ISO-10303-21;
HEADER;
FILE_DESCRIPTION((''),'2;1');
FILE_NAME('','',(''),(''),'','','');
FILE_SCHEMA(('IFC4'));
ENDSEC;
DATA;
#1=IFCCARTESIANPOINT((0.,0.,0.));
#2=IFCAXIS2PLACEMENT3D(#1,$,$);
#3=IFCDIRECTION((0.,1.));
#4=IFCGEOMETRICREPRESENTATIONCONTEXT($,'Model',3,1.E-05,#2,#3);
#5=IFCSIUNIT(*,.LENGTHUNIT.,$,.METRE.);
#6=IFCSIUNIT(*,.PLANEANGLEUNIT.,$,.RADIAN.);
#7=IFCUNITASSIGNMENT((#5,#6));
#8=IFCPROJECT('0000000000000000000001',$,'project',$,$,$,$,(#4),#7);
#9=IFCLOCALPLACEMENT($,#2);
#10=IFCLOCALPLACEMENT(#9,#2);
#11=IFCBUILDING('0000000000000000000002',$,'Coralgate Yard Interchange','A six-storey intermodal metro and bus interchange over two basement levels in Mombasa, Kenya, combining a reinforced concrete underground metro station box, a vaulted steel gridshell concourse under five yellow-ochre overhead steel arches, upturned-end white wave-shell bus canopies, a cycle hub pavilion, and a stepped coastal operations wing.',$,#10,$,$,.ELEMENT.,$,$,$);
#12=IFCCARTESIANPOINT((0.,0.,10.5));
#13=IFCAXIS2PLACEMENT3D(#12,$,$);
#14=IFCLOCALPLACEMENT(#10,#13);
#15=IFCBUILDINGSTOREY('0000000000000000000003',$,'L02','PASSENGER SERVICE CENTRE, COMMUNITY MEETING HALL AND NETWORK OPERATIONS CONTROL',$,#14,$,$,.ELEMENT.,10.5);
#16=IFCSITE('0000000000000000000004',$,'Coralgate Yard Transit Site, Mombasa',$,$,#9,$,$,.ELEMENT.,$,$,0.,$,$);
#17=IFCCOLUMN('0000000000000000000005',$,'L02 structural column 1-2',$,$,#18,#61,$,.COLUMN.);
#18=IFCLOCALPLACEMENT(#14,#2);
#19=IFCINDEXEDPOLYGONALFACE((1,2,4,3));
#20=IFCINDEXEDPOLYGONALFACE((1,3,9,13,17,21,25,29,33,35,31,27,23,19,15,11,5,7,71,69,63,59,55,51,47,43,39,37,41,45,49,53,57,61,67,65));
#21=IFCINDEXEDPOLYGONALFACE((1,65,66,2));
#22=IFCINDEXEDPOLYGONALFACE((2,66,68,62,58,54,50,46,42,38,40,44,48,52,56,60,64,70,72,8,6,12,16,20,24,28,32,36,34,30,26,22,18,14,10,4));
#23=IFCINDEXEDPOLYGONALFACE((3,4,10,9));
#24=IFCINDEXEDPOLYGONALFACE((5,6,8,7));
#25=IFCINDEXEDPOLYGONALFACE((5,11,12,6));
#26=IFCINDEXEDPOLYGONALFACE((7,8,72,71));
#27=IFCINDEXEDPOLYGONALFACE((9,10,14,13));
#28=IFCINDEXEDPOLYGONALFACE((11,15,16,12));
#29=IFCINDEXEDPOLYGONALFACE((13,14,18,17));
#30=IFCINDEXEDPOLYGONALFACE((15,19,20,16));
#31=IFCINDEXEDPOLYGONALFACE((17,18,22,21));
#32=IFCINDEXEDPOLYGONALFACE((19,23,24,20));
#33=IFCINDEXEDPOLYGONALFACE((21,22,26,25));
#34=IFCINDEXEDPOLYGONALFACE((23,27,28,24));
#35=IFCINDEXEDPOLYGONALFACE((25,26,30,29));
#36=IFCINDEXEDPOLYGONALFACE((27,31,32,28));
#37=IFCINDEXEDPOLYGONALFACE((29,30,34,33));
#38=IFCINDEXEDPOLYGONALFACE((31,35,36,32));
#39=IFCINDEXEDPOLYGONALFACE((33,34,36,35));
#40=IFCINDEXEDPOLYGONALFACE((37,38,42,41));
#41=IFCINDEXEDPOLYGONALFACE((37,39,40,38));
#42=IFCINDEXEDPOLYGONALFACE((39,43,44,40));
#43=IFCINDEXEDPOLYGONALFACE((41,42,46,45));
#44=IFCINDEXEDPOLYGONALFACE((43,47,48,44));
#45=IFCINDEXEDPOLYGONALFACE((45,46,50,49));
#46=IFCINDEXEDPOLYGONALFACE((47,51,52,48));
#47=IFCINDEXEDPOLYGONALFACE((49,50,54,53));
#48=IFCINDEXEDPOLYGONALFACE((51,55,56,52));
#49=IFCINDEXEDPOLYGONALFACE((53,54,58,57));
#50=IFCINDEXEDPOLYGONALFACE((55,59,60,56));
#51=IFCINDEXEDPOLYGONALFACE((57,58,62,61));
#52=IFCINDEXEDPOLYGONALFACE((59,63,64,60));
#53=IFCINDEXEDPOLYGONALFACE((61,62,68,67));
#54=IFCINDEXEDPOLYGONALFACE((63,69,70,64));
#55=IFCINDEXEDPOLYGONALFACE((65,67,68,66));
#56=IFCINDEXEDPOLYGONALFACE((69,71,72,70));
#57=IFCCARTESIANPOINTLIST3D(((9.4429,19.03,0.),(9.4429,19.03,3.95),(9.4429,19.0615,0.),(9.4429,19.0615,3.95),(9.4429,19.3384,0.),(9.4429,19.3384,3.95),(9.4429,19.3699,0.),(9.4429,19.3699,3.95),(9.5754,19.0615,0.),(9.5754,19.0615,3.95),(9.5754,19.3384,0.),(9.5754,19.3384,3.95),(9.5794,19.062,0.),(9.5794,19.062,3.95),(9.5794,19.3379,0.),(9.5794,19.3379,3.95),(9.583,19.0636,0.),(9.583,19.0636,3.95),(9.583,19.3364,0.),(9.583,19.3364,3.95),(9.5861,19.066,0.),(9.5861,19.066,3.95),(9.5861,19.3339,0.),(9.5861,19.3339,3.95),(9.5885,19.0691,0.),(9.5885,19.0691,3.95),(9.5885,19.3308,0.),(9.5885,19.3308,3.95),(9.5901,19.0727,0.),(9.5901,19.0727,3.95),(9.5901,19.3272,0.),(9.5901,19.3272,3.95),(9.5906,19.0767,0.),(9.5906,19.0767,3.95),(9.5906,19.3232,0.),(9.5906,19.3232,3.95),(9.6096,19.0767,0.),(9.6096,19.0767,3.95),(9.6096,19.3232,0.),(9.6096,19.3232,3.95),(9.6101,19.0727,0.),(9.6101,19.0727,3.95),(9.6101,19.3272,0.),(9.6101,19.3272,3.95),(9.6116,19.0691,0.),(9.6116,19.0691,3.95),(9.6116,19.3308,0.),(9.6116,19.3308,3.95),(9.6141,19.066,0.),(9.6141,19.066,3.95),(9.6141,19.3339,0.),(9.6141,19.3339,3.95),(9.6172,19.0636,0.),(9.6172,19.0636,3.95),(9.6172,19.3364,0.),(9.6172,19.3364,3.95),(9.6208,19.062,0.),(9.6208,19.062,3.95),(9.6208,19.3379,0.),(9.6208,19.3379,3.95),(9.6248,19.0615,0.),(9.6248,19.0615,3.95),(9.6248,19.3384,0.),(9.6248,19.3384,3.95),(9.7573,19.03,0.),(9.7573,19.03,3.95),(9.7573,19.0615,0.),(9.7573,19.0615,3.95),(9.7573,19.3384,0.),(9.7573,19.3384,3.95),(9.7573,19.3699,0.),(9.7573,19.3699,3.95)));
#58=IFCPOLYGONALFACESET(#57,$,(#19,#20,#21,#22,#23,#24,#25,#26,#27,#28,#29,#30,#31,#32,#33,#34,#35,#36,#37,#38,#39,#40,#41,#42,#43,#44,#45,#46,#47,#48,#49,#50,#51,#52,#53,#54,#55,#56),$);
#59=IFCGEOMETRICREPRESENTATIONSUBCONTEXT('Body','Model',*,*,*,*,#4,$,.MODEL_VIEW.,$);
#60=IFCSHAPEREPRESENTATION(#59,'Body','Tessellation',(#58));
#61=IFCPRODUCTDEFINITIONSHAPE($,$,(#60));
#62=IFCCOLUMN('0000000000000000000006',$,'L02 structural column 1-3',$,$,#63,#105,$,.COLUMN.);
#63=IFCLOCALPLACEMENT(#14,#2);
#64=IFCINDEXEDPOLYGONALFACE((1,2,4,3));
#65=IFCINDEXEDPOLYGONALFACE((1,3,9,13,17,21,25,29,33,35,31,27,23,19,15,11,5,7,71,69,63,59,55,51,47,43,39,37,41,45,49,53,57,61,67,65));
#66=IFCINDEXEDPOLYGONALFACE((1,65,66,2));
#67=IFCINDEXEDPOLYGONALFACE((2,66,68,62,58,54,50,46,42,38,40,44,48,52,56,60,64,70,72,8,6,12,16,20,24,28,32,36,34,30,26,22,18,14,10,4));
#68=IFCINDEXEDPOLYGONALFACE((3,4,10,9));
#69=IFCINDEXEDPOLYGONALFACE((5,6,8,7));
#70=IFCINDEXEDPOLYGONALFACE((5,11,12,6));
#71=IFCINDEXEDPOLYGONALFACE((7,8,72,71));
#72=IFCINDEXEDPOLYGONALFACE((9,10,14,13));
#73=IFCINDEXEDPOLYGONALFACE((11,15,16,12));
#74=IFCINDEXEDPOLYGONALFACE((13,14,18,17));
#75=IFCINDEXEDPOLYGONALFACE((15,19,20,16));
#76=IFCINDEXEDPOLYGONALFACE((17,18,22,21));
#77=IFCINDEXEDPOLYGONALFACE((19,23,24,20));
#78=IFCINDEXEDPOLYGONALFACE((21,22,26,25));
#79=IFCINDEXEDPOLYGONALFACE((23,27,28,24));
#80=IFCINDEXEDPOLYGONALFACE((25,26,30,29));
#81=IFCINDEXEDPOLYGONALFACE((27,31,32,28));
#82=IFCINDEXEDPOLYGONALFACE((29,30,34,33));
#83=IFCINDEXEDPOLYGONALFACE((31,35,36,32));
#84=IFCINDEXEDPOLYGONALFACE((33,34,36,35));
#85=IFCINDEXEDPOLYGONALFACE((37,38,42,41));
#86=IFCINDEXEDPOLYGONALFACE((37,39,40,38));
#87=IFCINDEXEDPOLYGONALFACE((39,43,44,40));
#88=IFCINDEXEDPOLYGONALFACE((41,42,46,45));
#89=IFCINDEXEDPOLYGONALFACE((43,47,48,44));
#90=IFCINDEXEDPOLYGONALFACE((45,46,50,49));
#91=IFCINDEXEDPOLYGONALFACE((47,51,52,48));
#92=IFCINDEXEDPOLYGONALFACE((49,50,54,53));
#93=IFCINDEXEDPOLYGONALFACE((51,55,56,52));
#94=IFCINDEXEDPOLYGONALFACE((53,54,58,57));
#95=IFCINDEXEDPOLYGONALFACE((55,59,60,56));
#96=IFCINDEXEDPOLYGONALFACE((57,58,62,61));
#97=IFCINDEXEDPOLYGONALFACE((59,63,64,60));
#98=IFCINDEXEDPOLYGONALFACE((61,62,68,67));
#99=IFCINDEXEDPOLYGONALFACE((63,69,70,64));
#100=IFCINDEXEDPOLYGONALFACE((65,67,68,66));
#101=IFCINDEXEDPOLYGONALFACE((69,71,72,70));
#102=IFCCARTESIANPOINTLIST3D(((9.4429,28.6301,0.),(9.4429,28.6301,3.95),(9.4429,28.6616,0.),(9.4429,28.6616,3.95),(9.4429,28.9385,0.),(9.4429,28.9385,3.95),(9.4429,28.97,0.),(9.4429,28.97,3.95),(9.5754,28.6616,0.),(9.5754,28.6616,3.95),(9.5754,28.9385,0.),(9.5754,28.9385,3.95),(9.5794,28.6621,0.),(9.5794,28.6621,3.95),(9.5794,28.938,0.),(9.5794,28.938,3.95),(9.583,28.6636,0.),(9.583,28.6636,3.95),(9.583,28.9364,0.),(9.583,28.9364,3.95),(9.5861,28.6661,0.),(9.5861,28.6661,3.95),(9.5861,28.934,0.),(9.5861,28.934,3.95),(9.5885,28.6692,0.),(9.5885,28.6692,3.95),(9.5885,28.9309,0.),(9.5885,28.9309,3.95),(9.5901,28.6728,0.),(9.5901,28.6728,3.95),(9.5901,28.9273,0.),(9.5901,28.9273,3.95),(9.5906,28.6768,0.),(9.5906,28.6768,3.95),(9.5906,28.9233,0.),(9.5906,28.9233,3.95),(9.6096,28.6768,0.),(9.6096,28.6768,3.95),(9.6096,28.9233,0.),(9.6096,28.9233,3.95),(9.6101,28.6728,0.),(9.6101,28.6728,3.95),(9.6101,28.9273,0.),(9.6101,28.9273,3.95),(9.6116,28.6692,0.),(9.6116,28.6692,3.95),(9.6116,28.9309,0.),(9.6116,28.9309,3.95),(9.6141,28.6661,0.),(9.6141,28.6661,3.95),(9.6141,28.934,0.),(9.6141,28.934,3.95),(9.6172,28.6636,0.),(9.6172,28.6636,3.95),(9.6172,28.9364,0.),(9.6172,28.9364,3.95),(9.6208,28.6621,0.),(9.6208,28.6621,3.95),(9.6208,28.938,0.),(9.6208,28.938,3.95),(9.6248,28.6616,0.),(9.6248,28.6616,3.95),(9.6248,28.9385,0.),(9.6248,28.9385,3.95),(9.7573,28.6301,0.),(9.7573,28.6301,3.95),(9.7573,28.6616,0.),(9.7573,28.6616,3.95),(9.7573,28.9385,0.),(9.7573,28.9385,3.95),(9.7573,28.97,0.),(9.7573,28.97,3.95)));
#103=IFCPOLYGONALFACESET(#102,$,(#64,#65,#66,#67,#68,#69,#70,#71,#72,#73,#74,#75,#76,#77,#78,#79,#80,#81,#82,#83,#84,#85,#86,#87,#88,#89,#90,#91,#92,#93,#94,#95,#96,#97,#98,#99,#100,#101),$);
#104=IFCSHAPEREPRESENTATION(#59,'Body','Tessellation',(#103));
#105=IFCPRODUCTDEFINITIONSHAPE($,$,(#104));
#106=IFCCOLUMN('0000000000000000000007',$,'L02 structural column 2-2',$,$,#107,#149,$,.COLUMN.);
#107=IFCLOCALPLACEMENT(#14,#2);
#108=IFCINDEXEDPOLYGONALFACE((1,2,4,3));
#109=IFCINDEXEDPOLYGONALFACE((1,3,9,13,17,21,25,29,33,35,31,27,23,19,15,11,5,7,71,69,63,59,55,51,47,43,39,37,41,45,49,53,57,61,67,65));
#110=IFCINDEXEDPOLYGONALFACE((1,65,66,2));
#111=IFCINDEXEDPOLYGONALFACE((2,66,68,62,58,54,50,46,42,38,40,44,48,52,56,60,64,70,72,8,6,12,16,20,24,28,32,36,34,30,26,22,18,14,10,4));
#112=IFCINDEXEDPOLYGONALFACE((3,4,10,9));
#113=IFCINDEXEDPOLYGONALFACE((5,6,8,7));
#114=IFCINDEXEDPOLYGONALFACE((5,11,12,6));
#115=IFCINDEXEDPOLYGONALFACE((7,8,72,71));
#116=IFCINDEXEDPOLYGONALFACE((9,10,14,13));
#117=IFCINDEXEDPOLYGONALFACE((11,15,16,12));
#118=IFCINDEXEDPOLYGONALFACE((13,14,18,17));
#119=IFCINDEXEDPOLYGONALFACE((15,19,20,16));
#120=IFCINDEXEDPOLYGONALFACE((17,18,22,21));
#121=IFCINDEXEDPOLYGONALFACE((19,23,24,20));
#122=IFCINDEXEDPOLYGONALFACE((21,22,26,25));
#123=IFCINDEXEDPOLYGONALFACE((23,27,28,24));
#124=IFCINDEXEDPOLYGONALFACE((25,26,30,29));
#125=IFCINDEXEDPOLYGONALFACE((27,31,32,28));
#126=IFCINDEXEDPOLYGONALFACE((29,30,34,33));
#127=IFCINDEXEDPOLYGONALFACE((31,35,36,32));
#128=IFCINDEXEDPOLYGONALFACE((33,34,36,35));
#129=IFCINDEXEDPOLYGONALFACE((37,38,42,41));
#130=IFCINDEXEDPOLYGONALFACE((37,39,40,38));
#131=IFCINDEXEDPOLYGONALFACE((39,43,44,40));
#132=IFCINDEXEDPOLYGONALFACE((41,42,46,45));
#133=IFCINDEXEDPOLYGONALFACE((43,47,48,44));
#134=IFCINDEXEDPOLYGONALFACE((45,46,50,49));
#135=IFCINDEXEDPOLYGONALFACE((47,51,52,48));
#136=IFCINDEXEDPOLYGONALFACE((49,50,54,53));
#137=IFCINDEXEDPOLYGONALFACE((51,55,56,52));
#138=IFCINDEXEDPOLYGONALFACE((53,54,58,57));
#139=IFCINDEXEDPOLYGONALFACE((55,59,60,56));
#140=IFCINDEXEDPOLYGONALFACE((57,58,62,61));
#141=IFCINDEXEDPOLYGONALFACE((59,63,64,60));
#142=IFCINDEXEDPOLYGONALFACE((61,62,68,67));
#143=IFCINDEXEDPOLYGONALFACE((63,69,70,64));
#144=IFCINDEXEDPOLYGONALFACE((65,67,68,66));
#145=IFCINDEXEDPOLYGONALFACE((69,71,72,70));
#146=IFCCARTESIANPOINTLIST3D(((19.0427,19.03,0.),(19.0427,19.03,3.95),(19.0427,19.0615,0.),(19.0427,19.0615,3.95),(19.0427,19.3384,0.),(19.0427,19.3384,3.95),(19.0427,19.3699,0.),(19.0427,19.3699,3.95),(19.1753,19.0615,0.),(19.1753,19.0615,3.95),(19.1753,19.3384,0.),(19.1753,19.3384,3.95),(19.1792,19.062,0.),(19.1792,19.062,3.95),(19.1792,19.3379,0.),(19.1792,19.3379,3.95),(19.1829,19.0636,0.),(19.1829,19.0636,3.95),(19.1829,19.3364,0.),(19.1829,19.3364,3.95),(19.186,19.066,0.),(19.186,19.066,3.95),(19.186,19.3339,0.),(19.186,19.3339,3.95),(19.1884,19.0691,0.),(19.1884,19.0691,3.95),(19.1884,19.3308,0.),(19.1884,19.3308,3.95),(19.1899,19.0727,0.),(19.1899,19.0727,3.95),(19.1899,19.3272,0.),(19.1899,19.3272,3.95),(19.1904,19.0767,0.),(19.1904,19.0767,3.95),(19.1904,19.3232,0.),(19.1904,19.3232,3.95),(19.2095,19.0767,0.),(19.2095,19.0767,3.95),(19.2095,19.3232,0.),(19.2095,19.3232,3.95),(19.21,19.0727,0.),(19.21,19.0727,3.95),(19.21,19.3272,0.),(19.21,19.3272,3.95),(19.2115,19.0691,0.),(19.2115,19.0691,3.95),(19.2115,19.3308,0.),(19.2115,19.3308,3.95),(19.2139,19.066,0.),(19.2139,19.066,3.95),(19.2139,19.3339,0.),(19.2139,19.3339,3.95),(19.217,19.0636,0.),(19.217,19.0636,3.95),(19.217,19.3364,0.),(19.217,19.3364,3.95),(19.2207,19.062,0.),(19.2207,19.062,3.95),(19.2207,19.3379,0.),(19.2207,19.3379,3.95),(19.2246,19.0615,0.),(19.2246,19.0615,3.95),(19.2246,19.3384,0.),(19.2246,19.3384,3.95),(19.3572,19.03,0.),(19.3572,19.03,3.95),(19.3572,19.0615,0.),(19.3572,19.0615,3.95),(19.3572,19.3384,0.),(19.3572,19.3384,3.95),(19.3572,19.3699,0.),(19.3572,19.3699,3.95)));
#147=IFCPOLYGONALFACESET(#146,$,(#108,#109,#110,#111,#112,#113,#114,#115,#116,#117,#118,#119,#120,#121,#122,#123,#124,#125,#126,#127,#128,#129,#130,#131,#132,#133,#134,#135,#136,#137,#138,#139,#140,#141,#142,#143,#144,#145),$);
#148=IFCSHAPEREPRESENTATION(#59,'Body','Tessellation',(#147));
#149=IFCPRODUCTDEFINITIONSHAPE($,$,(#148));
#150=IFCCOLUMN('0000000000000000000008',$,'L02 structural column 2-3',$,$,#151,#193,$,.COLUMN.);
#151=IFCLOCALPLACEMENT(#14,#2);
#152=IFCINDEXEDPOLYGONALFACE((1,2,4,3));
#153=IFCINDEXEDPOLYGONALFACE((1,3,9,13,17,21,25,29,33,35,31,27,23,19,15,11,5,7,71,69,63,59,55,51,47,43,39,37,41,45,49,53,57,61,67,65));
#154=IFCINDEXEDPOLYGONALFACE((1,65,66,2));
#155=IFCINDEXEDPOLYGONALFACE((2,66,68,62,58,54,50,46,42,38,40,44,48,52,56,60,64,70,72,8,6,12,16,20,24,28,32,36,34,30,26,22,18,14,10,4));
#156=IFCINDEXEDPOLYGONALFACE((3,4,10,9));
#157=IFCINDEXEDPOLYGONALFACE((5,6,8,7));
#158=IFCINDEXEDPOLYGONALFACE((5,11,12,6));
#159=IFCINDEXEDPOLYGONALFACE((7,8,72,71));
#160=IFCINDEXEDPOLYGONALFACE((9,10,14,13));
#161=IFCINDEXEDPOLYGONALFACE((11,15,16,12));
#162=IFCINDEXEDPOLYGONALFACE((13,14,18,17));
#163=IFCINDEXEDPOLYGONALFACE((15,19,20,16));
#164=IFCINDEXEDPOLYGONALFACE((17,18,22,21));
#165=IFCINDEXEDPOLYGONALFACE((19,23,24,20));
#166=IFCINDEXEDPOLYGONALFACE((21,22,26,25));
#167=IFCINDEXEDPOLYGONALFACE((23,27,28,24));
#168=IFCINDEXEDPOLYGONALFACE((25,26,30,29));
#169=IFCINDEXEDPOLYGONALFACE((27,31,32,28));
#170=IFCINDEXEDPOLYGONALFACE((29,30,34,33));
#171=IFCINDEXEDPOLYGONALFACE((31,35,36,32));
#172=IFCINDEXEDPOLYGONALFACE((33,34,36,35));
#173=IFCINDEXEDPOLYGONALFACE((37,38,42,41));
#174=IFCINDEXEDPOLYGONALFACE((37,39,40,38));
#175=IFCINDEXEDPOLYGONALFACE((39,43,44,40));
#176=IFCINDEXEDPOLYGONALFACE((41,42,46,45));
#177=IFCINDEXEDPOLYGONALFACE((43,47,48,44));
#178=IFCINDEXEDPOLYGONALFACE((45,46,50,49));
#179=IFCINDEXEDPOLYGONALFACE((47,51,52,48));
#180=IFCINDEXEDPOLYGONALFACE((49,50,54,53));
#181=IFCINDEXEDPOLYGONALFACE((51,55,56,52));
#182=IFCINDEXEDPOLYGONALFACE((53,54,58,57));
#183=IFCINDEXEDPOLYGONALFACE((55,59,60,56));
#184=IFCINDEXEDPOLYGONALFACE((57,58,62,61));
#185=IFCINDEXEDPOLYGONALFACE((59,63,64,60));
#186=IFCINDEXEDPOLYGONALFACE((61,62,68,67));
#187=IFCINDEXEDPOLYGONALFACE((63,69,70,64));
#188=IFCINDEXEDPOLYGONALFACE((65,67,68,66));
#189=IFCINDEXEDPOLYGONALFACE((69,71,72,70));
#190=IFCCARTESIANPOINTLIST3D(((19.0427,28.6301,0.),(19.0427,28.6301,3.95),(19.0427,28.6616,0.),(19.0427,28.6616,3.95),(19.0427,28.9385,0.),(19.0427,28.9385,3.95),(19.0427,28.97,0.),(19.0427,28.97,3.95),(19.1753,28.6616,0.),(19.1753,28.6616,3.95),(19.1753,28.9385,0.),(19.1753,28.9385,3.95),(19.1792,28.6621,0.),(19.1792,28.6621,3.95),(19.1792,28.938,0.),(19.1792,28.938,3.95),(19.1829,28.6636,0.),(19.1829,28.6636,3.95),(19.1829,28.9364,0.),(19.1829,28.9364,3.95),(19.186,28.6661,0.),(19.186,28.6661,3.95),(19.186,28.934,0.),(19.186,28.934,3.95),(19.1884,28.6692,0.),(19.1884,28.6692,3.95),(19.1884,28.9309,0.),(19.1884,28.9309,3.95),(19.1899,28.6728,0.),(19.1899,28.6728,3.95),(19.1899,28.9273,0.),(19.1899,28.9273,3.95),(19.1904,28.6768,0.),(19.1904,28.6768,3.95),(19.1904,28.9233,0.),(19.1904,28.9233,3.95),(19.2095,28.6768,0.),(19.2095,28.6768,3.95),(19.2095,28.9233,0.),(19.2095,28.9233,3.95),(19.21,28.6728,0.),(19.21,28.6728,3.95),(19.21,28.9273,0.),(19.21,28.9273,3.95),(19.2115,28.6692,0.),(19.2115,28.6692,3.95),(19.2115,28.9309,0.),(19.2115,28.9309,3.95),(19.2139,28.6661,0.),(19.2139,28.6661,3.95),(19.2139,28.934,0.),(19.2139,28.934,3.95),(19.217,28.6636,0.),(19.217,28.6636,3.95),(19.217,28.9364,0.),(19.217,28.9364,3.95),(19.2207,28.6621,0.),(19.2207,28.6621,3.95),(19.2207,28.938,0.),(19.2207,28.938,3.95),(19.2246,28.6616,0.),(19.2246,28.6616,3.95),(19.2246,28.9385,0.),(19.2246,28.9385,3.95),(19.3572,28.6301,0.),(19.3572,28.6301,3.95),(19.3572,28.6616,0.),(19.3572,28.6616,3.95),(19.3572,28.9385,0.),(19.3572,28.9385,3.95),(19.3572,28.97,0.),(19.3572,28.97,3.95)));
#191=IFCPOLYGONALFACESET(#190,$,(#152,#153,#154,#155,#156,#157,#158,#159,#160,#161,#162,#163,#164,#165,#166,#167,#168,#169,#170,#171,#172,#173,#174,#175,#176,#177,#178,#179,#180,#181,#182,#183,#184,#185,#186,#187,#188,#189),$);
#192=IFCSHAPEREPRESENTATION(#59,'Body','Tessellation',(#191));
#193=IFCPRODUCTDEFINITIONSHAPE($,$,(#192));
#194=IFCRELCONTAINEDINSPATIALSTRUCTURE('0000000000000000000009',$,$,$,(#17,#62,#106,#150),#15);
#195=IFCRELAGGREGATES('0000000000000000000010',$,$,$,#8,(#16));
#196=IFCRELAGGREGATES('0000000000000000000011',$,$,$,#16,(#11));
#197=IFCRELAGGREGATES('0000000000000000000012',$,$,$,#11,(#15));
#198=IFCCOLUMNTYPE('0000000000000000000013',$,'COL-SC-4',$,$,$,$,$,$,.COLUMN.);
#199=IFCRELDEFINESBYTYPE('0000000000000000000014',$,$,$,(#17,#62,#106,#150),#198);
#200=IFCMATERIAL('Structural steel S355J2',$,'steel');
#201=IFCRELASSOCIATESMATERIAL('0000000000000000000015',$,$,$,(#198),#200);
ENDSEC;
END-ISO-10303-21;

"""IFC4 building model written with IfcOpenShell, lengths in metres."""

from ifc_helpers import new_model, si_unit, direction, frame, origin, origin_2d, place, context, subcontext, project, spatial, i_section, extrude, material, material_profile, profile_set, type_object, element, save


model = new_model("IFC4")

# Units and contexts
model_context = context("Model", 3, precision=1e-05, world=origin(), true_north=direction((0.0, 1.0)))
body_context = subcontext(model_context, "Body", "Model", "MODEL_VIEW")
ifc_project = project(units=[si_unit("LENGTHUNIT", "METRE"), si_unit("PLANEANGLEUNIT", "RADIAN")], contexts=[model_context])

# Site, building, storey
site_placement = place(None, origin())
site = spatial("IfcSite", under=ifc_project, at=site_placement, Name="Coralgate Yard Transit Site, Mombasa", CompositionType="ELEMENT", RefElevation=0.0)
building_placement = place(site_placement, origin())
building = spatial("IfcBuilding", under=site, at=building_placement, Name="Coralgate Yard Interchange", Description="A six-storey intermodal metro and bus interchange over two basement levels in Mombasa, Kenya, combining a reinforced concrete underground metro station box, a vaulted steel gridshell concourse under five yellow-ochre overhead steel arches, upturned-end white wave-shell bus canopies, a cycle hub pavilion, and a stepped coastal operations wing.", CompositionType="ELEMENT")
storey_placement = place(building_placement, frame((0.0, 0.0, 10.5)))
storey = spatial("IfcBuildingStorey", under=building, at=storey_placement, Name="L02", Description="PASSENGER SERVICE CENTRE, COMMUNITY MEETING HALL AND NETWORK OPERATIONS CONTROL", CompositionType="ELEMENT", Elevation=10.5)

# Columns
ifc_material_1 = material(Name="Structural steel S355J2", Category="steel")
ifc_material_profile_1 = material_profile(ifc_material_1, i_section(OverallWidth=0.3145, OverallDepth=0.3398, WebThickness=0.019, FlangeThickness=0.0315, FilletRadius=0.0151, at=origin_2d()), Name="UC 305x305x198")
ifc_profile_set_1 = profile_set([ifc_material_profile_1], Name="Structural steel S355J2")
column_type = type_object("IfcColumnType", Name="COL-SC-4", PredefinedType="COLUMN", material=ifc_profile_set_1)
for number, where, z_axis, x_axis, name in (
    (1, (9.6001, 19.2, 0.0), (0.0, 0.0, 1.0), (1.0, 0.0, 0.0), "L02 structural column 1-2"),
    (2, (9.6001, 28.8, 0.0), (0.0, 0.0, 1.0), (1.0, 0.0, 0.0), "L02 structural column 1-3"),
    (3, (19.2, 19.2, 0.0), (0.0, 0.0, 1.0), (1.0, 0.0, 0.0), "L02 structural column 2-2"),
    (4, (19.2, 28.8, 0.0), (0.0, 0.0, 1.0), (1.0, 0.0, 0.0), "L02 structural column 2-3"),
):
    element("IfcColumn", number, at=place(storey_placement, frame(where, z_axis=z_axis, x_axis=x_axis)), inside=storey, type_object=column_type, Name=name, PredefinedType="COLUMN", context=body_context, shape_type="SweptSolid", body=[
        extrude(i_section(OverallWidth=0.3145, OverallDepth=0.3398, WebThickness=0.019, FlangeThickness=0.0315, FilletRadius=0.0151, at=origin_2d()), origin(), (0.0, 0.0, 1.0), 3.95),
    ])

save(model, "model.ifc")
